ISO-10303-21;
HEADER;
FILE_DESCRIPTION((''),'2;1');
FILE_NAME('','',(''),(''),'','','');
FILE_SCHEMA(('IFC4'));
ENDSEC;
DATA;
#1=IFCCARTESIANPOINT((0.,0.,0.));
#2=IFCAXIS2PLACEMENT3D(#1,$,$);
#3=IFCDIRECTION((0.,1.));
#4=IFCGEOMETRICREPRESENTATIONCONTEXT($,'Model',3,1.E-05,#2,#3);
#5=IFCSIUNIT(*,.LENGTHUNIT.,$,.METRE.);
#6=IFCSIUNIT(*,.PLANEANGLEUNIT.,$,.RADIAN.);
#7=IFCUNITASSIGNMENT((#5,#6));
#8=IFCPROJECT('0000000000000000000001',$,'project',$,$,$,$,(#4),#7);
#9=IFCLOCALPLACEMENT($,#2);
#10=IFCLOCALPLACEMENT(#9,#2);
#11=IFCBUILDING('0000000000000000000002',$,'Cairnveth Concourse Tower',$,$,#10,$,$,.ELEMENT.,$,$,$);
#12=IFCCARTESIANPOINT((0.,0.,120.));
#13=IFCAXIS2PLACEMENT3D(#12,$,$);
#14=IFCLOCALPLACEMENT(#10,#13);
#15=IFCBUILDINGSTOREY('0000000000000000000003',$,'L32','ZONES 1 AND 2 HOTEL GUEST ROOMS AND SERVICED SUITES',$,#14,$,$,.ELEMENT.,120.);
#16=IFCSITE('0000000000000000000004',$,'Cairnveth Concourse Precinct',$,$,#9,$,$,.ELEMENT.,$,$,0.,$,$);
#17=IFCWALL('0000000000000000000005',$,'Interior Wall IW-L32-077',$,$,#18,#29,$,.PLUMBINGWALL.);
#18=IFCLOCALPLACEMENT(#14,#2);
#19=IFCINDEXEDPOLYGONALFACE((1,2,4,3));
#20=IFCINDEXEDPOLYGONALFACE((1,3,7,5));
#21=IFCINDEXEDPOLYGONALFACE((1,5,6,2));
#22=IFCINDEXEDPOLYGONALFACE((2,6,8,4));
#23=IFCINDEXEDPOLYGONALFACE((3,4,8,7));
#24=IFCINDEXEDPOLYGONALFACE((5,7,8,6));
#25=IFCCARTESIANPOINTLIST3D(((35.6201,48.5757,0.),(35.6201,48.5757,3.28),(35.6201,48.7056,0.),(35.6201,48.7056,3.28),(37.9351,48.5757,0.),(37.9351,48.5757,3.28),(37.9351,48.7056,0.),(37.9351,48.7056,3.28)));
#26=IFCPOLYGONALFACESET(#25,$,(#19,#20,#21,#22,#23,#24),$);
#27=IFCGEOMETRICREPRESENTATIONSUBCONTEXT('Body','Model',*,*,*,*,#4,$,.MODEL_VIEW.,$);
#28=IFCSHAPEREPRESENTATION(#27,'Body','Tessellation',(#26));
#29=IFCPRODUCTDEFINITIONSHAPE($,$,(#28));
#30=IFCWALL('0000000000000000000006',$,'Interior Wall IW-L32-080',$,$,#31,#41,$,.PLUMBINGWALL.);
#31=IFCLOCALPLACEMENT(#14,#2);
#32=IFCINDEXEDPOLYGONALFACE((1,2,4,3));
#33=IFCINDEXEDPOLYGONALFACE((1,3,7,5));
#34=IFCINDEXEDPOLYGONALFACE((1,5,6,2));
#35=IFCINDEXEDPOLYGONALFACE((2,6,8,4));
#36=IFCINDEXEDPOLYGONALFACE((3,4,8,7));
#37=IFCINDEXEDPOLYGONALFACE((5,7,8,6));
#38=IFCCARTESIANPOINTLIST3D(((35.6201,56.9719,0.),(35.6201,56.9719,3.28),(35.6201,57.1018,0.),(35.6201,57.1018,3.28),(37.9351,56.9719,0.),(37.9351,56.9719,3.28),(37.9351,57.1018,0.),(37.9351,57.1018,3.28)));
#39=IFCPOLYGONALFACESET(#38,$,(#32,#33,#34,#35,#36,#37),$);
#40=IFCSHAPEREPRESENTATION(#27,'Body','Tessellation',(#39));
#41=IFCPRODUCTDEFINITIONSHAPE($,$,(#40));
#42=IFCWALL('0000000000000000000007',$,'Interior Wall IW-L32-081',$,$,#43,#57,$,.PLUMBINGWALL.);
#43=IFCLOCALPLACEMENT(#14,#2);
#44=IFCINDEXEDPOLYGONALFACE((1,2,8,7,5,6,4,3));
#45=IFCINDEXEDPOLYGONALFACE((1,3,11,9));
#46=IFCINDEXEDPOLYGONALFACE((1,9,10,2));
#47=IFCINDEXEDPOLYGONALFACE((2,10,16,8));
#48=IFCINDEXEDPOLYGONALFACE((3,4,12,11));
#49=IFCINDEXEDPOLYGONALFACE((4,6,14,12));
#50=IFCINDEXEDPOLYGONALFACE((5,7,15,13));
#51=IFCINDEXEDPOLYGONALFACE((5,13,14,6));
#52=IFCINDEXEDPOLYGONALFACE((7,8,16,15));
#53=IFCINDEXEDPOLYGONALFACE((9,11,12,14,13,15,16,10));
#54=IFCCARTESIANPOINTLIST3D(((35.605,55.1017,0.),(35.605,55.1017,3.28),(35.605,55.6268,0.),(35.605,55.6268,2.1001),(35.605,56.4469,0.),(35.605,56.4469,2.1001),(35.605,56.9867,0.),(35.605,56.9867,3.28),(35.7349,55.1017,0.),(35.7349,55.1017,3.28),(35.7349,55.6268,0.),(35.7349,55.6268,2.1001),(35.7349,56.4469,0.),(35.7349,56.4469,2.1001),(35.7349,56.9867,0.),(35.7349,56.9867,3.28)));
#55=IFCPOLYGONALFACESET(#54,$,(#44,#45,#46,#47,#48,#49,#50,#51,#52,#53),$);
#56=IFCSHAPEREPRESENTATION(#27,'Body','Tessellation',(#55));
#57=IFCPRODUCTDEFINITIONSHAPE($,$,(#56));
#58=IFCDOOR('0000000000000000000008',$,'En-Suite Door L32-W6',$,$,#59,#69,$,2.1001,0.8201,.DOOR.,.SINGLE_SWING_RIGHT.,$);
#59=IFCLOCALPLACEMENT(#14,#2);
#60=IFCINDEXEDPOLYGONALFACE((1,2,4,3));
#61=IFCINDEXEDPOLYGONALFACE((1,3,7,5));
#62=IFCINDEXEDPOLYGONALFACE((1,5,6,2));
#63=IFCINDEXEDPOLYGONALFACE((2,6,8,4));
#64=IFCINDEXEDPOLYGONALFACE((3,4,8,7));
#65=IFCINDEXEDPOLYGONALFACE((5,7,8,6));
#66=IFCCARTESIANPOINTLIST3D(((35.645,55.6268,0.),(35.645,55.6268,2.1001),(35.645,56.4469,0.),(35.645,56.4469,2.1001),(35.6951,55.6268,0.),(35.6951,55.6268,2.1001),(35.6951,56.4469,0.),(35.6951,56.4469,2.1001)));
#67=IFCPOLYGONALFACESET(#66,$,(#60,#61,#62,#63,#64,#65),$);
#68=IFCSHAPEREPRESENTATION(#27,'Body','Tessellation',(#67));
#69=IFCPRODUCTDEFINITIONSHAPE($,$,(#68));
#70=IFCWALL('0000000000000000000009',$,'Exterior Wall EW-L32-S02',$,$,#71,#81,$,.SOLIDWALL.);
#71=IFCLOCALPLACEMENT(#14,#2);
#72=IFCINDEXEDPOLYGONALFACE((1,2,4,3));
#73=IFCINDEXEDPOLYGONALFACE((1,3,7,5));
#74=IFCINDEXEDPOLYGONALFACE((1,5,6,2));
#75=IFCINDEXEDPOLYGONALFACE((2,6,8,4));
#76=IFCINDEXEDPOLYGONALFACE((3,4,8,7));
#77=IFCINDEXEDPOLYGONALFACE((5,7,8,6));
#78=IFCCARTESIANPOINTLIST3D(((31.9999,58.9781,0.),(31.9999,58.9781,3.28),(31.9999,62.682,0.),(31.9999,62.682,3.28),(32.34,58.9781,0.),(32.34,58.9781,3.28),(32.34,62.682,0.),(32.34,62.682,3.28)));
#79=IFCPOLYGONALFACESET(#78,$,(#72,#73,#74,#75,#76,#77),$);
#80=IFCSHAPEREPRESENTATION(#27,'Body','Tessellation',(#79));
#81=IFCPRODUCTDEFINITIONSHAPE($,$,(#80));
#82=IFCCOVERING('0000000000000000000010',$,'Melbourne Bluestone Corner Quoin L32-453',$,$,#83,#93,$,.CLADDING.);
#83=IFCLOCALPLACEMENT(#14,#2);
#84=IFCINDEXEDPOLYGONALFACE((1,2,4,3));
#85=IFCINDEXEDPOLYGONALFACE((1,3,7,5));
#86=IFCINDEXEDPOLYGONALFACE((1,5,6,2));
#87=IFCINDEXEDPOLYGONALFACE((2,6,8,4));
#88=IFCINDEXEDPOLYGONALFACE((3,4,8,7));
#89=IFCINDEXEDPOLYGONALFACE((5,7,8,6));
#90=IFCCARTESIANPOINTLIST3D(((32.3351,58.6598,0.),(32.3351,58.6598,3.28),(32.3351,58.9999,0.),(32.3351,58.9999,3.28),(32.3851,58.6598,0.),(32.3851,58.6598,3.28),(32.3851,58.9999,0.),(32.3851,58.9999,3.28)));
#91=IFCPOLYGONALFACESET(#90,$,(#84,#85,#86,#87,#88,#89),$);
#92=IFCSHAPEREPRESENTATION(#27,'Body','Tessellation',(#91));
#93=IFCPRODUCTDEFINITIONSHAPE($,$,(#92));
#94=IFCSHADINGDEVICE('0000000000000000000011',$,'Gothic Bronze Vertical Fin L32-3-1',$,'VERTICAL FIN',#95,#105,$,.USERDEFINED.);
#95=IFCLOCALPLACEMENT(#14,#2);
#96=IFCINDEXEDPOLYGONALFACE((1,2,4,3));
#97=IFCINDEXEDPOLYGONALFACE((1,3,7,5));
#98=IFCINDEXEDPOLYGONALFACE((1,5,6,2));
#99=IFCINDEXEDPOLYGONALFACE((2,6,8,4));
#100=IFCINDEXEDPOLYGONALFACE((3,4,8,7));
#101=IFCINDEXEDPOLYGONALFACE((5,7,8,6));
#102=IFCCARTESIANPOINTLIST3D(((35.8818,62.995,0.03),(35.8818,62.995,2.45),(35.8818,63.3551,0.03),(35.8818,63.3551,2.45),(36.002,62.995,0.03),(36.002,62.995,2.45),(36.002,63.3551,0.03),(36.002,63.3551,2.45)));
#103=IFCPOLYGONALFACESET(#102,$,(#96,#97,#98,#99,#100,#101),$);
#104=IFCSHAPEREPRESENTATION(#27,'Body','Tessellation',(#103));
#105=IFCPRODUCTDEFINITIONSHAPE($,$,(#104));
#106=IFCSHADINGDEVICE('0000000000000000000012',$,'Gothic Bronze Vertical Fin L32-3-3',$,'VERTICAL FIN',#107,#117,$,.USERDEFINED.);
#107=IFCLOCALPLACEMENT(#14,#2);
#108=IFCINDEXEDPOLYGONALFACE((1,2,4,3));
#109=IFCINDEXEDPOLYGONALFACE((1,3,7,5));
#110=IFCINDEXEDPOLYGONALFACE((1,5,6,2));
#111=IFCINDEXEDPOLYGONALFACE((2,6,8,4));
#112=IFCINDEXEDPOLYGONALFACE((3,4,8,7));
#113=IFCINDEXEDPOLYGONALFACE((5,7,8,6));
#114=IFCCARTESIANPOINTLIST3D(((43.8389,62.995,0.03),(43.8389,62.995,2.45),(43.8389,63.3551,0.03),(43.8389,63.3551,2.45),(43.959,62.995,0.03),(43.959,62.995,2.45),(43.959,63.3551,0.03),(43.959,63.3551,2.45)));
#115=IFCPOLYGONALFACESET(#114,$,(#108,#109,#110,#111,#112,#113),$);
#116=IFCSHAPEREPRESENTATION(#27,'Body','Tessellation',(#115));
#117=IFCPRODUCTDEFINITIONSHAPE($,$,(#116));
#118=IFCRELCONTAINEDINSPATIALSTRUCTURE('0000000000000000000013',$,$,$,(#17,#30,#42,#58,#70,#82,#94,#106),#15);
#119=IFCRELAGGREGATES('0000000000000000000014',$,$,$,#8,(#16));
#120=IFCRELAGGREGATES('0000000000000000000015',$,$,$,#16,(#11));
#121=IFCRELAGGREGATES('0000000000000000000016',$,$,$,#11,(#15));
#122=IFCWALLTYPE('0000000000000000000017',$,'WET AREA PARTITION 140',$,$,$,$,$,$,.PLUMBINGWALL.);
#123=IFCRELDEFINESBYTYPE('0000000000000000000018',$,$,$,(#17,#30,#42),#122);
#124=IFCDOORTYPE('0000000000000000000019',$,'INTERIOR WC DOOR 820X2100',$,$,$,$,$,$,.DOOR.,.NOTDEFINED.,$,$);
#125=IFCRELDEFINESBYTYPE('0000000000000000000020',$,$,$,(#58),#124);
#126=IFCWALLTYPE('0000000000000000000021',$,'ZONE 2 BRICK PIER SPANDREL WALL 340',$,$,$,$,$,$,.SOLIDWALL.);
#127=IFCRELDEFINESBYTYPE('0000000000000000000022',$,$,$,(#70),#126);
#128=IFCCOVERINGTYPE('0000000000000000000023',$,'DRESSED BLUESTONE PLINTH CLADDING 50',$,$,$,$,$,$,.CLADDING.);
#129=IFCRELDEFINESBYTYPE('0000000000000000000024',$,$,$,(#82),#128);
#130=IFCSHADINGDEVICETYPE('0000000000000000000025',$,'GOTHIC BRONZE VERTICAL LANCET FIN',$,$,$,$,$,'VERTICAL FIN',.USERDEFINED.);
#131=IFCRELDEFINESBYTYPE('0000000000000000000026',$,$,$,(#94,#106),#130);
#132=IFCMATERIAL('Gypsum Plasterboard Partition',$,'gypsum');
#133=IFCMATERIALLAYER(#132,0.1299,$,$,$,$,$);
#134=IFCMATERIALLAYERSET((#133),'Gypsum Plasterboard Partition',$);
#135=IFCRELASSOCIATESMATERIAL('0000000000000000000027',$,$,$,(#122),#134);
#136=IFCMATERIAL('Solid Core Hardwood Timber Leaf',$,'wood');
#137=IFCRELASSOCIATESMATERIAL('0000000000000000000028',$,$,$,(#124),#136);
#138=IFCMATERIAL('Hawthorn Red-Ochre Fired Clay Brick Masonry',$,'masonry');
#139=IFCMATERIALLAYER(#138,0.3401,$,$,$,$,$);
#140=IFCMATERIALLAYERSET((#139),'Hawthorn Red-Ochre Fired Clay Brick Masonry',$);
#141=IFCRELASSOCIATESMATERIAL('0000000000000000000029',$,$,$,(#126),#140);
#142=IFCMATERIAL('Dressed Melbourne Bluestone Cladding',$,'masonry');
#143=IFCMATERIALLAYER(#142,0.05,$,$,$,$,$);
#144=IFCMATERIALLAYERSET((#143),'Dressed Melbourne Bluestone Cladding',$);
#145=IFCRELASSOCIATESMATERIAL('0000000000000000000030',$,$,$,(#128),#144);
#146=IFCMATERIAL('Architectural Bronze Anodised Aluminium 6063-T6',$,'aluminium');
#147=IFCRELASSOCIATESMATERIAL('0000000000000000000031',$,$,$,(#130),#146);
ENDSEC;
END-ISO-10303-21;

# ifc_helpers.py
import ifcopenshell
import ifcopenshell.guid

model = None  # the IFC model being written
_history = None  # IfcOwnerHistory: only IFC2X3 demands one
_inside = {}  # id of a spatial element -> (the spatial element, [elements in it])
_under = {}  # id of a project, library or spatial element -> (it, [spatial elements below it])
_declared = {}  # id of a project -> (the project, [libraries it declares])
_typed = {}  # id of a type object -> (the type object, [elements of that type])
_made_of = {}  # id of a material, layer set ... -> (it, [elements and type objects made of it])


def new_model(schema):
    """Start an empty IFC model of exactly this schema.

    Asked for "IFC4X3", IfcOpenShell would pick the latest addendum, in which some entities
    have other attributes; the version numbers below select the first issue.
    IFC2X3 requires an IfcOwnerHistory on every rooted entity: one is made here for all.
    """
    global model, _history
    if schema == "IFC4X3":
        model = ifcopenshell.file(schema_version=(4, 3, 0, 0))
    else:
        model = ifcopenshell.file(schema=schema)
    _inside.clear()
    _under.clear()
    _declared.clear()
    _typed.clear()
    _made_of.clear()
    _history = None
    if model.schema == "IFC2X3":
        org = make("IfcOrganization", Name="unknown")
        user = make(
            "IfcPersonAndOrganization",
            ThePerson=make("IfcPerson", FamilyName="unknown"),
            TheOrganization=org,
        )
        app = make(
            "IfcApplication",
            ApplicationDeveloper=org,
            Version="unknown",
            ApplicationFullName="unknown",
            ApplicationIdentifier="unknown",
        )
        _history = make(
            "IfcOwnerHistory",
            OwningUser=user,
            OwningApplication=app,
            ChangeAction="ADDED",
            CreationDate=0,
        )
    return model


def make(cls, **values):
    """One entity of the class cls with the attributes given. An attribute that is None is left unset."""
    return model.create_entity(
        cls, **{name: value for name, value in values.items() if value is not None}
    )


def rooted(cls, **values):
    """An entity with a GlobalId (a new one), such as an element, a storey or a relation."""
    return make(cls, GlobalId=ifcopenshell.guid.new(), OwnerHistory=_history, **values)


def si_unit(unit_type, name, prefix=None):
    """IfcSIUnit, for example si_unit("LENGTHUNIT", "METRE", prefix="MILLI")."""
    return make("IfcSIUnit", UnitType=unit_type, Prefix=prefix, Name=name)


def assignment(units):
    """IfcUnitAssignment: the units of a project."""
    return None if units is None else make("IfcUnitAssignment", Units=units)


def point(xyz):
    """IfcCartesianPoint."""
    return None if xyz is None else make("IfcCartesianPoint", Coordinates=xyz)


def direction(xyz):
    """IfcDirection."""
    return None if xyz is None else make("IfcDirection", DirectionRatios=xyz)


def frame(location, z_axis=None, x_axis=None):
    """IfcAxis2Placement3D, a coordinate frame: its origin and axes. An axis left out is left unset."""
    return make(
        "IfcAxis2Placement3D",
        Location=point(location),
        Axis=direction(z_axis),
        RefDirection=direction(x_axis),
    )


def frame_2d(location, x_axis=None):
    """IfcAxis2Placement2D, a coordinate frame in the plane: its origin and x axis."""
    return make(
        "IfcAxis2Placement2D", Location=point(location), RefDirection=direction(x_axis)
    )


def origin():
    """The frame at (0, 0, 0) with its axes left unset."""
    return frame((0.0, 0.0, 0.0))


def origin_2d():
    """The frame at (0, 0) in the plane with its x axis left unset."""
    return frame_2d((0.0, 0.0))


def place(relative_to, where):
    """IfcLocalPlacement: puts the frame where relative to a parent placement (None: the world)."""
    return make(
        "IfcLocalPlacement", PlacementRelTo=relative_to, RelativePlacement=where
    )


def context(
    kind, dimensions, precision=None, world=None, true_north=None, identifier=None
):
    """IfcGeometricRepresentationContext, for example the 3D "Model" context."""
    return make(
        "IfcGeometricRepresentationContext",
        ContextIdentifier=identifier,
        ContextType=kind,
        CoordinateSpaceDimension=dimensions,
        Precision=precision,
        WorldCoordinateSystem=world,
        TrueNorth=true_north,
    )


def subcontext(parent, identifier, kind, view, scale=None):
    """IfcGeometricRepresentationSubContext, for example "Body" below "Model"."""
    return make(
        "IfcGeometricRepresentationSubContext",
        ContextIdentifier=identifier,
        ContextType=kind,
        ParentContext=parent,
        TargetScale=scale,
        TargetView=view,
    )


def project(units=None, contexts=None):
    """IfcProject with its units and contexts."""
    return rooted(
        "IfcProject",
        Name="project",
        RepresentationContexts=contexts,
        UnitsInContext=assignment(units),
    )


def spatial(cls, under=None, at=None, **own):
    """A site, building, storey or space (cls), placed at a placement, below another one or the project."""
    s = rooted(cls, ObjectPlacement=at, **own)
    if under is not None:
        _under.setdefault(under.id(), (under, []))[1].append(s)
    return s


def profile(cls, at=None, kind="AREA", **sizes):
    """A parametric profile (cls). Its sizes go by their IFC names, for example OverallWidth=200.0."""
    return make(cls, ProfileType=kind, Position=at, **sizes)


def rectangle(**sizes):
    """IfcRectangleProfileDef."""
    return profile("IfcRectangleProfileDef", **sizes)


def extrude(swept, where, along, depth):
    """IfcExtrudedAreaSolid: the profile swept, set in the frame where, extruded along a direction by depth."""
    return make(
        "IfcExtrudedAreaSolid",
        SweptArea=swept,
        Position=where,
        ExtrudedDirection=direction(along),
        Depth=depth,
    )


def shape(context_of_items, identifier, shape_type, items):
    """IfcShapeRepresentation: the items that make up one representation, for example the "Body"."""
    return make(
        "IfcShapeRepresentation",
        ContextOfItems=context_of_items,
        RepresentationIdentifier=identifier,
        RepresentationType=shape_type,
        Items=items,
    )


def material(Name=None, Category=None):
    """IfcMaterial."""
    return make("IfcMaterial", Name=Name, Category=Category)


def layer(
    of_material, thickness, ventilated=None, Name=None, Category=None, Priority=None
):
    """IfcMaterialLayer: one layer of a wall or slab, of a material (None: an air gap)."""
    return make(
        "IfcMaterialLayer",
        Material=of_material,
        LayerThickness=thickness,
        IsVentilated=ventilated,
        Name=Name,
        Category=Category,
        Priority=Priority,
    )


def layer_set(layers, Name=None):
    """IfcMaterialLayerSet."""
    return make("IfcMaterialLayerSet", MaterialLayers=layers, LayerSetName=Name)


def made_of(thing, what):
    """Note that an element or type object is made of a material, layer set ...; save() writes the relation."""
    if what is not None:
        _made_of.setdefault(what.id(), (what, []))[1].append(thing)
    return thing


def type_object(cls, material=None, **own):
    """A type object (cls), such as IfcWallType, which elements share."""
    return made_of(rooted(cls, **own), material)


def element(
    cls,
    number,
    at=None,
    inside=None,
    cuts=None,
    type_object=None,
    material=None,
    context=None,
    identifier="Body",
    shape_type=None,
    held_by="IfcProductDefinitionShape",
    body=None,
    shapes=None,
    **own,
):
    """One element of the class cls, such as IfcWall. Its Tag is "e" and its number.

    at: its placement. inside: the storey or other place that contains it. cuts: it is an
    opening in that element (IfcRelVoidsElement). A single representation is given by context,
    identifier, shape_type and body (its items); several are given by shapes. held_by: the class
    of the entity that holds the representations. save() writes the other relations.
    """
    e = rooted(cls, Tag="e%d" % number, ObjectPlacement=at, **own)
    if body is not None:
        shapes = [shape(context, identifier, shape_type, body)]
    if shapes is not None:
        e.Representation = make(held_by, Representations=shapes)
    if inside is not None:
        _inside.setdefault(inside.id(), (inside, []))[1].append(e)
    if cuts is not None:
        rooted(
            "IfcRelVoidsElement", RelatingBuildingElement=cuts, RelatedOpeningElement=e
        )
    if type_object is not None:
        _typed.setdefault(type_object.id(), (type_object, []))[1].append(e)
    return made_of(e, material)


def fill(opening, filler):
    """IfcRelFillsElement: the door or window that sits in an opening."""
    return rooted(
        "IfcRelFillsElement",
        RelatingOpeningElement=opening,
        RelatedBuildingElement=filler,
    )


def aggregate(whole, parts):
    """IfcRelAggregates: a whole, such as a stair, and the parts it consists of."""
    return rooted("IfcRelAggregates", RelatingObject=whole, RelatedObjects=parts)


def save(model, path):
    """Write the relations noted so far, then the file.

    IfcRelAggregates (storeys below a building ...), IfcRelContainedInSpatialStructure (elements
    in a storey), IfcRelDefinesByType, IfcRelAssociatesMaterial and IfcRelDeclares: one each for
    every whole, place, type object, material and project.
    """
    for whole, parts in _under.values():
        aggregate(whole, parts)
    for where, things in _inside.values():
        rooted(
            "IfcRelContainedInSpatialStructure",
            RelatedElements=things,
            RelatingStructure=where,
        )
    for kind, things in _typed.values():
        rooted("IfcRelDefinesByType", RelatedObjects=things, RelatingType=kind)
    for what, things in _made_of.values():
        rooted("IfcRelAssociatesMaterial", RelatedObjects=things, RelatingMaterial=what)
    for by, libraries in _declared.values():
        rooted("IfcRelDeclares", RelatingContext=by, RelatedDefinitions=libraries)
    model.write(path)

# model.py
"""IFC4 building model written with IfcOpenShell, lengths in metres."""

from ifc_helpers import new_model, si_unit, direction, frame, frame_2d, origin, origin_2d, place, context, subcontext, project, spatial, rectangle, extrude, material, layer, layer_set, type_object, element, fill, save


model = new_model("IFC4")

# Units and contexts
model_context = context("Model", 3, precision=1e-05, world=origin(), true_north=direction((0.0, 1.0)))
body_context = subcontext(model_context, "Body", "Model", "MODEL_VIEW")
ifc_project = project(units=[si_unit("LENGTHUNIT", "METRE"), si_unit("PLANEANGLEUNIT", "RADIAN")], contexts=[model_context])

# Site, building, storey
site_placement = place(None, origin())
site = spatial("IfcSite", under=ifc_project, at=site_placement, Name="Cairnveth Concourse Precinct", CompositionType="ELEMENT", RefElevation=0.0)
building_placement = place(site_placement, origin())
building = spatial("IfcBuilding", under=site, at=building_placement, Name="Cairnveth Concourse Tower", CompositionType="ELEMENT")
storey_placement = place(building_placement, frame((0.0, 0.0, 120.0)))
storey = spatial("IfcBuildingStorey", under=building, at=storey_placement, Name="L32", Description="ZONES 1 AND 2 HOTEL GUEST ROOMS AND SERVICED SUITES", CompositionType="ELEMENT", Elevation=120.0)

# Shared definitions
ifc_material_1 = material(Name="Gypsum Plasterboard Partition", Category="gypsum")
ifc_material_2 = material(Name="Solid Core Hardwood Timber Leaf", Category="wood")

# Walls
ifc_layer_1 = layer(ifc_material_1, 0.1299)
ifc_layer_set_1 = layer_set([ifc_layer_1], Name="Gypsum Plasterboard Partition")
wall_type_1 = type_object("IfcWallType", Name="WET AREA PARTITION 140", PredefinedType="PLUMBINGWALL", material=ifc_layer_set_1)
for number, where, z_axis, x_axis, name in (
    (1, (35.6201, 48.6406, 0.0), (0.0, 0.0, 1.0), (1.0, 0.0, 0.0), "Interior Wall IW-L32-077"),
    (2, (35.6201, 57.0369, 0.0), (0.0, 0.0, 1.0), (1.0, 0.0, 0.0), "Interior Wall IW-L32-080"),
):
    element("IfcWall", number, at=place(storey_placement, frame(where, z_axis=z_axis, x_axis=x_axis)), inside=storey, type_object=wall_type_1, Name=name, PredefinedType="PLUMBINGWALL", context=body_context, shape_type="SweptSolid", body=[
        extrude(rectangle(XDim=2.3149, YDim=0.1299, at=frame_2d((1.1575, 0.0))), origin(), (0.0, 0.0, 1.0), 3.28),
    ])

# Wall, opening, door
wall_1_placement = place(storey_placement, frame((35.6699, 55.1018, 0.0), z_axis=(0.0, 0.0, 1.0), x_axis=(0.0, 1.0, 0.0)))
wall_1 = element("IfcWall", 3, at=wall_1_placement, inside=storey, type_object=wall_type_1, Name="Interior Wall IW-L32-081", PredefinedType="PLUMBINGWALL", context=body_context, shape_type="SweptSolid", body=[
    extrude(rectangle(XDim=1.885, YDim=0.1299, at=frame_2d((0.9424, 0.0))), origin(), (0.0, 0.0, 1.0), 3.28),
])
opening_1_placement = place(wall_1_placement, frame((0.5249, 0.0, 0.0)))
opening_1 = element("IfcOpeningElement", 4, at=opening_1_placement, cuts=wall_1, PredefinedType="OPENING", context=body_context, shape_type="SweptSolid", body=[
    extrude(rectangle(XDim=0.8201, YDim=2.1001, at=frame_2d((0.4102, 1.05))), frame((0.0, 0.075, 0.0), z_axis=(0.0, -1.0, 0.0), x_axis=(1.0, 0.0, 0.0)), (0.0, 0.0, 1.0), 0.1499),
])
door_type_1 = type_object("IfcDoorType", Name="INTERIOR WC DOOR 820X2100", OperationType="NOTDEFINED", PredefinedType="DOOR", material=ifc_material_2)
door_1_placement = place(opening_1_placement, origin())
door_1 = element("IfcDoor", 5, at=door_1_placement, inside=storey, type_object=door_type_1, Name="En-Suite Door L32-W6", OperationType="SINGLE_SWING_RIGHT", OverallHeight=2.1001, OverallWidth=0.8201, PredefinedType="DOOR", context=body_context, shape_type="SweptSolid", body=[
    extrude(rectangle(XDim=0.8201, YDim=2.1001, at=frame_2d((0.4102, 1.05))), frame((0.0, 0.0249, 0.0), z_axis=(0.0, -1.0, 0.0), x_axis=(1.0, 0.0, 0.0)), (0.0, 0.0, 1.0), 0.05),
])
fill(opening_1, door_1)

# Wall
ifc_material_3 = material(Name="Hawthorn Red-Ochre Fired Clay Brick Masonry", Category="masonry")
ifc_layer_2 = layer(ifc_material_3, 0.3401)
ifc_layer_set_2 = layer_set([ifc_layer_2], Name="Hawthorn Red-Ochre Fired Clay Brick Masonry")
wall_type_2 = type_object("IfcWallType", Name="ZONE 2 BRICK PIER SPANDREL WALL 340", PredefinedType="SOLIDWALL", material=ifc_layer_set_2)
wall_2_placement = place(storey_placement, frame((32.1699, 58.978, 0.0), z_axis=(0.0, 0.0, 1.0), x_axis=(0.0, 1.0, 0.0)))
element("IfcWall", 6, at=wall_2_placement, inside=storey, type_object=wall_type_2, Name="Exterior Wall EW-L32-S02", PredefinedType="SOLIDWALL", context=body_context, shape_type="SweptSolid", body=[
    extrude(rectangle(XDim=3.7039, YDim=0.3401, at=frame_2d((1.8521, 0.0))), origin(), (0.0, 0.0, 1.0), 3.28),
])

# Covering
ifc_material_4 = material(Name="Dressed Melbourne Bluestone Cladding", Category="masonry")
ifc_layer_3 = layer(ifc_material_4, 0.05)
ifc_layer_set_3 = layer_set([ifc_layer_3], Name="Dressed Melbourne Bluestone Cladding")
covering_type = type_object("IfcCoveringType", Name="DRESSED BLUESTONE PLINTH CLADDING 50", PredefinedType="CLADDING", material=ifc_layer_set_3)
covering_placement = place(storey_placement, frame((32.3601, 58.6599, 0.0), z_axis=(0.0, 0.0, 1.0), x_axis=(0.0, 1.0, 0.0)))
element("IfcCovering", 7, at=covering_placement, inside=storey, type_object=covering_type, Name="Melbourne Bluestone Corner Quoin L32-453", PredefinedType="CLADDING", context=body_context, shape_type="SweptSolid", body=[
    extrude(rectangle(XDim=0.3401, YDim=0.05, at=frame_2d((0.1699, 0.0))), origin(), (0.0, 0.0, 1.0), 3.28),
])

# Shading devices
ifc_material_5 = material(Name="Architectural Bronze Anodised Aluminium 6063-T6", Category="aluminium")
shading_device_type = type_object("IfcShadingDeviceType", Name="GOTHIC BRONZE VERTICAL LANCET FIN", ElementType="VERTICAL FIN", PredefinedType="USERDEFINED", material=ifc_material_5)
for number, where, z_axis, x_axis, name in (
    (8, (35.9419, 63.175, 0.03), (0.0, 0.0, 1.0), (1.0, 0.0, 0.0), "Gothic Bronze Vertical Fin L32-3-1"),
    (9, (43.8989, 63.175, 0.03), (0.0, 0.0, 1.0), (1.0, 0.0, 0.0), "Gothic Bronze Vertical Fin L32-3-3"),
):
    element("IfcShadingDevice", number, at=place(storey_placement, frame(where, z_axis=z_axis, x_axis=x_axis)), inside=storey, type_object=shading_device_type, Name=name, ObjectType="VERTICAL FIN", PredefinedType="USERDEFINED", context=body_context, shape_type="SweptSolid", body=[
        extrude(rectangle(XDim=0.1201, YDim=0.3601, at=origin_2d()), origin(), (0.0, 0.0, 1.0), 2.4199),
    ])

save(model, "model.ifc")
